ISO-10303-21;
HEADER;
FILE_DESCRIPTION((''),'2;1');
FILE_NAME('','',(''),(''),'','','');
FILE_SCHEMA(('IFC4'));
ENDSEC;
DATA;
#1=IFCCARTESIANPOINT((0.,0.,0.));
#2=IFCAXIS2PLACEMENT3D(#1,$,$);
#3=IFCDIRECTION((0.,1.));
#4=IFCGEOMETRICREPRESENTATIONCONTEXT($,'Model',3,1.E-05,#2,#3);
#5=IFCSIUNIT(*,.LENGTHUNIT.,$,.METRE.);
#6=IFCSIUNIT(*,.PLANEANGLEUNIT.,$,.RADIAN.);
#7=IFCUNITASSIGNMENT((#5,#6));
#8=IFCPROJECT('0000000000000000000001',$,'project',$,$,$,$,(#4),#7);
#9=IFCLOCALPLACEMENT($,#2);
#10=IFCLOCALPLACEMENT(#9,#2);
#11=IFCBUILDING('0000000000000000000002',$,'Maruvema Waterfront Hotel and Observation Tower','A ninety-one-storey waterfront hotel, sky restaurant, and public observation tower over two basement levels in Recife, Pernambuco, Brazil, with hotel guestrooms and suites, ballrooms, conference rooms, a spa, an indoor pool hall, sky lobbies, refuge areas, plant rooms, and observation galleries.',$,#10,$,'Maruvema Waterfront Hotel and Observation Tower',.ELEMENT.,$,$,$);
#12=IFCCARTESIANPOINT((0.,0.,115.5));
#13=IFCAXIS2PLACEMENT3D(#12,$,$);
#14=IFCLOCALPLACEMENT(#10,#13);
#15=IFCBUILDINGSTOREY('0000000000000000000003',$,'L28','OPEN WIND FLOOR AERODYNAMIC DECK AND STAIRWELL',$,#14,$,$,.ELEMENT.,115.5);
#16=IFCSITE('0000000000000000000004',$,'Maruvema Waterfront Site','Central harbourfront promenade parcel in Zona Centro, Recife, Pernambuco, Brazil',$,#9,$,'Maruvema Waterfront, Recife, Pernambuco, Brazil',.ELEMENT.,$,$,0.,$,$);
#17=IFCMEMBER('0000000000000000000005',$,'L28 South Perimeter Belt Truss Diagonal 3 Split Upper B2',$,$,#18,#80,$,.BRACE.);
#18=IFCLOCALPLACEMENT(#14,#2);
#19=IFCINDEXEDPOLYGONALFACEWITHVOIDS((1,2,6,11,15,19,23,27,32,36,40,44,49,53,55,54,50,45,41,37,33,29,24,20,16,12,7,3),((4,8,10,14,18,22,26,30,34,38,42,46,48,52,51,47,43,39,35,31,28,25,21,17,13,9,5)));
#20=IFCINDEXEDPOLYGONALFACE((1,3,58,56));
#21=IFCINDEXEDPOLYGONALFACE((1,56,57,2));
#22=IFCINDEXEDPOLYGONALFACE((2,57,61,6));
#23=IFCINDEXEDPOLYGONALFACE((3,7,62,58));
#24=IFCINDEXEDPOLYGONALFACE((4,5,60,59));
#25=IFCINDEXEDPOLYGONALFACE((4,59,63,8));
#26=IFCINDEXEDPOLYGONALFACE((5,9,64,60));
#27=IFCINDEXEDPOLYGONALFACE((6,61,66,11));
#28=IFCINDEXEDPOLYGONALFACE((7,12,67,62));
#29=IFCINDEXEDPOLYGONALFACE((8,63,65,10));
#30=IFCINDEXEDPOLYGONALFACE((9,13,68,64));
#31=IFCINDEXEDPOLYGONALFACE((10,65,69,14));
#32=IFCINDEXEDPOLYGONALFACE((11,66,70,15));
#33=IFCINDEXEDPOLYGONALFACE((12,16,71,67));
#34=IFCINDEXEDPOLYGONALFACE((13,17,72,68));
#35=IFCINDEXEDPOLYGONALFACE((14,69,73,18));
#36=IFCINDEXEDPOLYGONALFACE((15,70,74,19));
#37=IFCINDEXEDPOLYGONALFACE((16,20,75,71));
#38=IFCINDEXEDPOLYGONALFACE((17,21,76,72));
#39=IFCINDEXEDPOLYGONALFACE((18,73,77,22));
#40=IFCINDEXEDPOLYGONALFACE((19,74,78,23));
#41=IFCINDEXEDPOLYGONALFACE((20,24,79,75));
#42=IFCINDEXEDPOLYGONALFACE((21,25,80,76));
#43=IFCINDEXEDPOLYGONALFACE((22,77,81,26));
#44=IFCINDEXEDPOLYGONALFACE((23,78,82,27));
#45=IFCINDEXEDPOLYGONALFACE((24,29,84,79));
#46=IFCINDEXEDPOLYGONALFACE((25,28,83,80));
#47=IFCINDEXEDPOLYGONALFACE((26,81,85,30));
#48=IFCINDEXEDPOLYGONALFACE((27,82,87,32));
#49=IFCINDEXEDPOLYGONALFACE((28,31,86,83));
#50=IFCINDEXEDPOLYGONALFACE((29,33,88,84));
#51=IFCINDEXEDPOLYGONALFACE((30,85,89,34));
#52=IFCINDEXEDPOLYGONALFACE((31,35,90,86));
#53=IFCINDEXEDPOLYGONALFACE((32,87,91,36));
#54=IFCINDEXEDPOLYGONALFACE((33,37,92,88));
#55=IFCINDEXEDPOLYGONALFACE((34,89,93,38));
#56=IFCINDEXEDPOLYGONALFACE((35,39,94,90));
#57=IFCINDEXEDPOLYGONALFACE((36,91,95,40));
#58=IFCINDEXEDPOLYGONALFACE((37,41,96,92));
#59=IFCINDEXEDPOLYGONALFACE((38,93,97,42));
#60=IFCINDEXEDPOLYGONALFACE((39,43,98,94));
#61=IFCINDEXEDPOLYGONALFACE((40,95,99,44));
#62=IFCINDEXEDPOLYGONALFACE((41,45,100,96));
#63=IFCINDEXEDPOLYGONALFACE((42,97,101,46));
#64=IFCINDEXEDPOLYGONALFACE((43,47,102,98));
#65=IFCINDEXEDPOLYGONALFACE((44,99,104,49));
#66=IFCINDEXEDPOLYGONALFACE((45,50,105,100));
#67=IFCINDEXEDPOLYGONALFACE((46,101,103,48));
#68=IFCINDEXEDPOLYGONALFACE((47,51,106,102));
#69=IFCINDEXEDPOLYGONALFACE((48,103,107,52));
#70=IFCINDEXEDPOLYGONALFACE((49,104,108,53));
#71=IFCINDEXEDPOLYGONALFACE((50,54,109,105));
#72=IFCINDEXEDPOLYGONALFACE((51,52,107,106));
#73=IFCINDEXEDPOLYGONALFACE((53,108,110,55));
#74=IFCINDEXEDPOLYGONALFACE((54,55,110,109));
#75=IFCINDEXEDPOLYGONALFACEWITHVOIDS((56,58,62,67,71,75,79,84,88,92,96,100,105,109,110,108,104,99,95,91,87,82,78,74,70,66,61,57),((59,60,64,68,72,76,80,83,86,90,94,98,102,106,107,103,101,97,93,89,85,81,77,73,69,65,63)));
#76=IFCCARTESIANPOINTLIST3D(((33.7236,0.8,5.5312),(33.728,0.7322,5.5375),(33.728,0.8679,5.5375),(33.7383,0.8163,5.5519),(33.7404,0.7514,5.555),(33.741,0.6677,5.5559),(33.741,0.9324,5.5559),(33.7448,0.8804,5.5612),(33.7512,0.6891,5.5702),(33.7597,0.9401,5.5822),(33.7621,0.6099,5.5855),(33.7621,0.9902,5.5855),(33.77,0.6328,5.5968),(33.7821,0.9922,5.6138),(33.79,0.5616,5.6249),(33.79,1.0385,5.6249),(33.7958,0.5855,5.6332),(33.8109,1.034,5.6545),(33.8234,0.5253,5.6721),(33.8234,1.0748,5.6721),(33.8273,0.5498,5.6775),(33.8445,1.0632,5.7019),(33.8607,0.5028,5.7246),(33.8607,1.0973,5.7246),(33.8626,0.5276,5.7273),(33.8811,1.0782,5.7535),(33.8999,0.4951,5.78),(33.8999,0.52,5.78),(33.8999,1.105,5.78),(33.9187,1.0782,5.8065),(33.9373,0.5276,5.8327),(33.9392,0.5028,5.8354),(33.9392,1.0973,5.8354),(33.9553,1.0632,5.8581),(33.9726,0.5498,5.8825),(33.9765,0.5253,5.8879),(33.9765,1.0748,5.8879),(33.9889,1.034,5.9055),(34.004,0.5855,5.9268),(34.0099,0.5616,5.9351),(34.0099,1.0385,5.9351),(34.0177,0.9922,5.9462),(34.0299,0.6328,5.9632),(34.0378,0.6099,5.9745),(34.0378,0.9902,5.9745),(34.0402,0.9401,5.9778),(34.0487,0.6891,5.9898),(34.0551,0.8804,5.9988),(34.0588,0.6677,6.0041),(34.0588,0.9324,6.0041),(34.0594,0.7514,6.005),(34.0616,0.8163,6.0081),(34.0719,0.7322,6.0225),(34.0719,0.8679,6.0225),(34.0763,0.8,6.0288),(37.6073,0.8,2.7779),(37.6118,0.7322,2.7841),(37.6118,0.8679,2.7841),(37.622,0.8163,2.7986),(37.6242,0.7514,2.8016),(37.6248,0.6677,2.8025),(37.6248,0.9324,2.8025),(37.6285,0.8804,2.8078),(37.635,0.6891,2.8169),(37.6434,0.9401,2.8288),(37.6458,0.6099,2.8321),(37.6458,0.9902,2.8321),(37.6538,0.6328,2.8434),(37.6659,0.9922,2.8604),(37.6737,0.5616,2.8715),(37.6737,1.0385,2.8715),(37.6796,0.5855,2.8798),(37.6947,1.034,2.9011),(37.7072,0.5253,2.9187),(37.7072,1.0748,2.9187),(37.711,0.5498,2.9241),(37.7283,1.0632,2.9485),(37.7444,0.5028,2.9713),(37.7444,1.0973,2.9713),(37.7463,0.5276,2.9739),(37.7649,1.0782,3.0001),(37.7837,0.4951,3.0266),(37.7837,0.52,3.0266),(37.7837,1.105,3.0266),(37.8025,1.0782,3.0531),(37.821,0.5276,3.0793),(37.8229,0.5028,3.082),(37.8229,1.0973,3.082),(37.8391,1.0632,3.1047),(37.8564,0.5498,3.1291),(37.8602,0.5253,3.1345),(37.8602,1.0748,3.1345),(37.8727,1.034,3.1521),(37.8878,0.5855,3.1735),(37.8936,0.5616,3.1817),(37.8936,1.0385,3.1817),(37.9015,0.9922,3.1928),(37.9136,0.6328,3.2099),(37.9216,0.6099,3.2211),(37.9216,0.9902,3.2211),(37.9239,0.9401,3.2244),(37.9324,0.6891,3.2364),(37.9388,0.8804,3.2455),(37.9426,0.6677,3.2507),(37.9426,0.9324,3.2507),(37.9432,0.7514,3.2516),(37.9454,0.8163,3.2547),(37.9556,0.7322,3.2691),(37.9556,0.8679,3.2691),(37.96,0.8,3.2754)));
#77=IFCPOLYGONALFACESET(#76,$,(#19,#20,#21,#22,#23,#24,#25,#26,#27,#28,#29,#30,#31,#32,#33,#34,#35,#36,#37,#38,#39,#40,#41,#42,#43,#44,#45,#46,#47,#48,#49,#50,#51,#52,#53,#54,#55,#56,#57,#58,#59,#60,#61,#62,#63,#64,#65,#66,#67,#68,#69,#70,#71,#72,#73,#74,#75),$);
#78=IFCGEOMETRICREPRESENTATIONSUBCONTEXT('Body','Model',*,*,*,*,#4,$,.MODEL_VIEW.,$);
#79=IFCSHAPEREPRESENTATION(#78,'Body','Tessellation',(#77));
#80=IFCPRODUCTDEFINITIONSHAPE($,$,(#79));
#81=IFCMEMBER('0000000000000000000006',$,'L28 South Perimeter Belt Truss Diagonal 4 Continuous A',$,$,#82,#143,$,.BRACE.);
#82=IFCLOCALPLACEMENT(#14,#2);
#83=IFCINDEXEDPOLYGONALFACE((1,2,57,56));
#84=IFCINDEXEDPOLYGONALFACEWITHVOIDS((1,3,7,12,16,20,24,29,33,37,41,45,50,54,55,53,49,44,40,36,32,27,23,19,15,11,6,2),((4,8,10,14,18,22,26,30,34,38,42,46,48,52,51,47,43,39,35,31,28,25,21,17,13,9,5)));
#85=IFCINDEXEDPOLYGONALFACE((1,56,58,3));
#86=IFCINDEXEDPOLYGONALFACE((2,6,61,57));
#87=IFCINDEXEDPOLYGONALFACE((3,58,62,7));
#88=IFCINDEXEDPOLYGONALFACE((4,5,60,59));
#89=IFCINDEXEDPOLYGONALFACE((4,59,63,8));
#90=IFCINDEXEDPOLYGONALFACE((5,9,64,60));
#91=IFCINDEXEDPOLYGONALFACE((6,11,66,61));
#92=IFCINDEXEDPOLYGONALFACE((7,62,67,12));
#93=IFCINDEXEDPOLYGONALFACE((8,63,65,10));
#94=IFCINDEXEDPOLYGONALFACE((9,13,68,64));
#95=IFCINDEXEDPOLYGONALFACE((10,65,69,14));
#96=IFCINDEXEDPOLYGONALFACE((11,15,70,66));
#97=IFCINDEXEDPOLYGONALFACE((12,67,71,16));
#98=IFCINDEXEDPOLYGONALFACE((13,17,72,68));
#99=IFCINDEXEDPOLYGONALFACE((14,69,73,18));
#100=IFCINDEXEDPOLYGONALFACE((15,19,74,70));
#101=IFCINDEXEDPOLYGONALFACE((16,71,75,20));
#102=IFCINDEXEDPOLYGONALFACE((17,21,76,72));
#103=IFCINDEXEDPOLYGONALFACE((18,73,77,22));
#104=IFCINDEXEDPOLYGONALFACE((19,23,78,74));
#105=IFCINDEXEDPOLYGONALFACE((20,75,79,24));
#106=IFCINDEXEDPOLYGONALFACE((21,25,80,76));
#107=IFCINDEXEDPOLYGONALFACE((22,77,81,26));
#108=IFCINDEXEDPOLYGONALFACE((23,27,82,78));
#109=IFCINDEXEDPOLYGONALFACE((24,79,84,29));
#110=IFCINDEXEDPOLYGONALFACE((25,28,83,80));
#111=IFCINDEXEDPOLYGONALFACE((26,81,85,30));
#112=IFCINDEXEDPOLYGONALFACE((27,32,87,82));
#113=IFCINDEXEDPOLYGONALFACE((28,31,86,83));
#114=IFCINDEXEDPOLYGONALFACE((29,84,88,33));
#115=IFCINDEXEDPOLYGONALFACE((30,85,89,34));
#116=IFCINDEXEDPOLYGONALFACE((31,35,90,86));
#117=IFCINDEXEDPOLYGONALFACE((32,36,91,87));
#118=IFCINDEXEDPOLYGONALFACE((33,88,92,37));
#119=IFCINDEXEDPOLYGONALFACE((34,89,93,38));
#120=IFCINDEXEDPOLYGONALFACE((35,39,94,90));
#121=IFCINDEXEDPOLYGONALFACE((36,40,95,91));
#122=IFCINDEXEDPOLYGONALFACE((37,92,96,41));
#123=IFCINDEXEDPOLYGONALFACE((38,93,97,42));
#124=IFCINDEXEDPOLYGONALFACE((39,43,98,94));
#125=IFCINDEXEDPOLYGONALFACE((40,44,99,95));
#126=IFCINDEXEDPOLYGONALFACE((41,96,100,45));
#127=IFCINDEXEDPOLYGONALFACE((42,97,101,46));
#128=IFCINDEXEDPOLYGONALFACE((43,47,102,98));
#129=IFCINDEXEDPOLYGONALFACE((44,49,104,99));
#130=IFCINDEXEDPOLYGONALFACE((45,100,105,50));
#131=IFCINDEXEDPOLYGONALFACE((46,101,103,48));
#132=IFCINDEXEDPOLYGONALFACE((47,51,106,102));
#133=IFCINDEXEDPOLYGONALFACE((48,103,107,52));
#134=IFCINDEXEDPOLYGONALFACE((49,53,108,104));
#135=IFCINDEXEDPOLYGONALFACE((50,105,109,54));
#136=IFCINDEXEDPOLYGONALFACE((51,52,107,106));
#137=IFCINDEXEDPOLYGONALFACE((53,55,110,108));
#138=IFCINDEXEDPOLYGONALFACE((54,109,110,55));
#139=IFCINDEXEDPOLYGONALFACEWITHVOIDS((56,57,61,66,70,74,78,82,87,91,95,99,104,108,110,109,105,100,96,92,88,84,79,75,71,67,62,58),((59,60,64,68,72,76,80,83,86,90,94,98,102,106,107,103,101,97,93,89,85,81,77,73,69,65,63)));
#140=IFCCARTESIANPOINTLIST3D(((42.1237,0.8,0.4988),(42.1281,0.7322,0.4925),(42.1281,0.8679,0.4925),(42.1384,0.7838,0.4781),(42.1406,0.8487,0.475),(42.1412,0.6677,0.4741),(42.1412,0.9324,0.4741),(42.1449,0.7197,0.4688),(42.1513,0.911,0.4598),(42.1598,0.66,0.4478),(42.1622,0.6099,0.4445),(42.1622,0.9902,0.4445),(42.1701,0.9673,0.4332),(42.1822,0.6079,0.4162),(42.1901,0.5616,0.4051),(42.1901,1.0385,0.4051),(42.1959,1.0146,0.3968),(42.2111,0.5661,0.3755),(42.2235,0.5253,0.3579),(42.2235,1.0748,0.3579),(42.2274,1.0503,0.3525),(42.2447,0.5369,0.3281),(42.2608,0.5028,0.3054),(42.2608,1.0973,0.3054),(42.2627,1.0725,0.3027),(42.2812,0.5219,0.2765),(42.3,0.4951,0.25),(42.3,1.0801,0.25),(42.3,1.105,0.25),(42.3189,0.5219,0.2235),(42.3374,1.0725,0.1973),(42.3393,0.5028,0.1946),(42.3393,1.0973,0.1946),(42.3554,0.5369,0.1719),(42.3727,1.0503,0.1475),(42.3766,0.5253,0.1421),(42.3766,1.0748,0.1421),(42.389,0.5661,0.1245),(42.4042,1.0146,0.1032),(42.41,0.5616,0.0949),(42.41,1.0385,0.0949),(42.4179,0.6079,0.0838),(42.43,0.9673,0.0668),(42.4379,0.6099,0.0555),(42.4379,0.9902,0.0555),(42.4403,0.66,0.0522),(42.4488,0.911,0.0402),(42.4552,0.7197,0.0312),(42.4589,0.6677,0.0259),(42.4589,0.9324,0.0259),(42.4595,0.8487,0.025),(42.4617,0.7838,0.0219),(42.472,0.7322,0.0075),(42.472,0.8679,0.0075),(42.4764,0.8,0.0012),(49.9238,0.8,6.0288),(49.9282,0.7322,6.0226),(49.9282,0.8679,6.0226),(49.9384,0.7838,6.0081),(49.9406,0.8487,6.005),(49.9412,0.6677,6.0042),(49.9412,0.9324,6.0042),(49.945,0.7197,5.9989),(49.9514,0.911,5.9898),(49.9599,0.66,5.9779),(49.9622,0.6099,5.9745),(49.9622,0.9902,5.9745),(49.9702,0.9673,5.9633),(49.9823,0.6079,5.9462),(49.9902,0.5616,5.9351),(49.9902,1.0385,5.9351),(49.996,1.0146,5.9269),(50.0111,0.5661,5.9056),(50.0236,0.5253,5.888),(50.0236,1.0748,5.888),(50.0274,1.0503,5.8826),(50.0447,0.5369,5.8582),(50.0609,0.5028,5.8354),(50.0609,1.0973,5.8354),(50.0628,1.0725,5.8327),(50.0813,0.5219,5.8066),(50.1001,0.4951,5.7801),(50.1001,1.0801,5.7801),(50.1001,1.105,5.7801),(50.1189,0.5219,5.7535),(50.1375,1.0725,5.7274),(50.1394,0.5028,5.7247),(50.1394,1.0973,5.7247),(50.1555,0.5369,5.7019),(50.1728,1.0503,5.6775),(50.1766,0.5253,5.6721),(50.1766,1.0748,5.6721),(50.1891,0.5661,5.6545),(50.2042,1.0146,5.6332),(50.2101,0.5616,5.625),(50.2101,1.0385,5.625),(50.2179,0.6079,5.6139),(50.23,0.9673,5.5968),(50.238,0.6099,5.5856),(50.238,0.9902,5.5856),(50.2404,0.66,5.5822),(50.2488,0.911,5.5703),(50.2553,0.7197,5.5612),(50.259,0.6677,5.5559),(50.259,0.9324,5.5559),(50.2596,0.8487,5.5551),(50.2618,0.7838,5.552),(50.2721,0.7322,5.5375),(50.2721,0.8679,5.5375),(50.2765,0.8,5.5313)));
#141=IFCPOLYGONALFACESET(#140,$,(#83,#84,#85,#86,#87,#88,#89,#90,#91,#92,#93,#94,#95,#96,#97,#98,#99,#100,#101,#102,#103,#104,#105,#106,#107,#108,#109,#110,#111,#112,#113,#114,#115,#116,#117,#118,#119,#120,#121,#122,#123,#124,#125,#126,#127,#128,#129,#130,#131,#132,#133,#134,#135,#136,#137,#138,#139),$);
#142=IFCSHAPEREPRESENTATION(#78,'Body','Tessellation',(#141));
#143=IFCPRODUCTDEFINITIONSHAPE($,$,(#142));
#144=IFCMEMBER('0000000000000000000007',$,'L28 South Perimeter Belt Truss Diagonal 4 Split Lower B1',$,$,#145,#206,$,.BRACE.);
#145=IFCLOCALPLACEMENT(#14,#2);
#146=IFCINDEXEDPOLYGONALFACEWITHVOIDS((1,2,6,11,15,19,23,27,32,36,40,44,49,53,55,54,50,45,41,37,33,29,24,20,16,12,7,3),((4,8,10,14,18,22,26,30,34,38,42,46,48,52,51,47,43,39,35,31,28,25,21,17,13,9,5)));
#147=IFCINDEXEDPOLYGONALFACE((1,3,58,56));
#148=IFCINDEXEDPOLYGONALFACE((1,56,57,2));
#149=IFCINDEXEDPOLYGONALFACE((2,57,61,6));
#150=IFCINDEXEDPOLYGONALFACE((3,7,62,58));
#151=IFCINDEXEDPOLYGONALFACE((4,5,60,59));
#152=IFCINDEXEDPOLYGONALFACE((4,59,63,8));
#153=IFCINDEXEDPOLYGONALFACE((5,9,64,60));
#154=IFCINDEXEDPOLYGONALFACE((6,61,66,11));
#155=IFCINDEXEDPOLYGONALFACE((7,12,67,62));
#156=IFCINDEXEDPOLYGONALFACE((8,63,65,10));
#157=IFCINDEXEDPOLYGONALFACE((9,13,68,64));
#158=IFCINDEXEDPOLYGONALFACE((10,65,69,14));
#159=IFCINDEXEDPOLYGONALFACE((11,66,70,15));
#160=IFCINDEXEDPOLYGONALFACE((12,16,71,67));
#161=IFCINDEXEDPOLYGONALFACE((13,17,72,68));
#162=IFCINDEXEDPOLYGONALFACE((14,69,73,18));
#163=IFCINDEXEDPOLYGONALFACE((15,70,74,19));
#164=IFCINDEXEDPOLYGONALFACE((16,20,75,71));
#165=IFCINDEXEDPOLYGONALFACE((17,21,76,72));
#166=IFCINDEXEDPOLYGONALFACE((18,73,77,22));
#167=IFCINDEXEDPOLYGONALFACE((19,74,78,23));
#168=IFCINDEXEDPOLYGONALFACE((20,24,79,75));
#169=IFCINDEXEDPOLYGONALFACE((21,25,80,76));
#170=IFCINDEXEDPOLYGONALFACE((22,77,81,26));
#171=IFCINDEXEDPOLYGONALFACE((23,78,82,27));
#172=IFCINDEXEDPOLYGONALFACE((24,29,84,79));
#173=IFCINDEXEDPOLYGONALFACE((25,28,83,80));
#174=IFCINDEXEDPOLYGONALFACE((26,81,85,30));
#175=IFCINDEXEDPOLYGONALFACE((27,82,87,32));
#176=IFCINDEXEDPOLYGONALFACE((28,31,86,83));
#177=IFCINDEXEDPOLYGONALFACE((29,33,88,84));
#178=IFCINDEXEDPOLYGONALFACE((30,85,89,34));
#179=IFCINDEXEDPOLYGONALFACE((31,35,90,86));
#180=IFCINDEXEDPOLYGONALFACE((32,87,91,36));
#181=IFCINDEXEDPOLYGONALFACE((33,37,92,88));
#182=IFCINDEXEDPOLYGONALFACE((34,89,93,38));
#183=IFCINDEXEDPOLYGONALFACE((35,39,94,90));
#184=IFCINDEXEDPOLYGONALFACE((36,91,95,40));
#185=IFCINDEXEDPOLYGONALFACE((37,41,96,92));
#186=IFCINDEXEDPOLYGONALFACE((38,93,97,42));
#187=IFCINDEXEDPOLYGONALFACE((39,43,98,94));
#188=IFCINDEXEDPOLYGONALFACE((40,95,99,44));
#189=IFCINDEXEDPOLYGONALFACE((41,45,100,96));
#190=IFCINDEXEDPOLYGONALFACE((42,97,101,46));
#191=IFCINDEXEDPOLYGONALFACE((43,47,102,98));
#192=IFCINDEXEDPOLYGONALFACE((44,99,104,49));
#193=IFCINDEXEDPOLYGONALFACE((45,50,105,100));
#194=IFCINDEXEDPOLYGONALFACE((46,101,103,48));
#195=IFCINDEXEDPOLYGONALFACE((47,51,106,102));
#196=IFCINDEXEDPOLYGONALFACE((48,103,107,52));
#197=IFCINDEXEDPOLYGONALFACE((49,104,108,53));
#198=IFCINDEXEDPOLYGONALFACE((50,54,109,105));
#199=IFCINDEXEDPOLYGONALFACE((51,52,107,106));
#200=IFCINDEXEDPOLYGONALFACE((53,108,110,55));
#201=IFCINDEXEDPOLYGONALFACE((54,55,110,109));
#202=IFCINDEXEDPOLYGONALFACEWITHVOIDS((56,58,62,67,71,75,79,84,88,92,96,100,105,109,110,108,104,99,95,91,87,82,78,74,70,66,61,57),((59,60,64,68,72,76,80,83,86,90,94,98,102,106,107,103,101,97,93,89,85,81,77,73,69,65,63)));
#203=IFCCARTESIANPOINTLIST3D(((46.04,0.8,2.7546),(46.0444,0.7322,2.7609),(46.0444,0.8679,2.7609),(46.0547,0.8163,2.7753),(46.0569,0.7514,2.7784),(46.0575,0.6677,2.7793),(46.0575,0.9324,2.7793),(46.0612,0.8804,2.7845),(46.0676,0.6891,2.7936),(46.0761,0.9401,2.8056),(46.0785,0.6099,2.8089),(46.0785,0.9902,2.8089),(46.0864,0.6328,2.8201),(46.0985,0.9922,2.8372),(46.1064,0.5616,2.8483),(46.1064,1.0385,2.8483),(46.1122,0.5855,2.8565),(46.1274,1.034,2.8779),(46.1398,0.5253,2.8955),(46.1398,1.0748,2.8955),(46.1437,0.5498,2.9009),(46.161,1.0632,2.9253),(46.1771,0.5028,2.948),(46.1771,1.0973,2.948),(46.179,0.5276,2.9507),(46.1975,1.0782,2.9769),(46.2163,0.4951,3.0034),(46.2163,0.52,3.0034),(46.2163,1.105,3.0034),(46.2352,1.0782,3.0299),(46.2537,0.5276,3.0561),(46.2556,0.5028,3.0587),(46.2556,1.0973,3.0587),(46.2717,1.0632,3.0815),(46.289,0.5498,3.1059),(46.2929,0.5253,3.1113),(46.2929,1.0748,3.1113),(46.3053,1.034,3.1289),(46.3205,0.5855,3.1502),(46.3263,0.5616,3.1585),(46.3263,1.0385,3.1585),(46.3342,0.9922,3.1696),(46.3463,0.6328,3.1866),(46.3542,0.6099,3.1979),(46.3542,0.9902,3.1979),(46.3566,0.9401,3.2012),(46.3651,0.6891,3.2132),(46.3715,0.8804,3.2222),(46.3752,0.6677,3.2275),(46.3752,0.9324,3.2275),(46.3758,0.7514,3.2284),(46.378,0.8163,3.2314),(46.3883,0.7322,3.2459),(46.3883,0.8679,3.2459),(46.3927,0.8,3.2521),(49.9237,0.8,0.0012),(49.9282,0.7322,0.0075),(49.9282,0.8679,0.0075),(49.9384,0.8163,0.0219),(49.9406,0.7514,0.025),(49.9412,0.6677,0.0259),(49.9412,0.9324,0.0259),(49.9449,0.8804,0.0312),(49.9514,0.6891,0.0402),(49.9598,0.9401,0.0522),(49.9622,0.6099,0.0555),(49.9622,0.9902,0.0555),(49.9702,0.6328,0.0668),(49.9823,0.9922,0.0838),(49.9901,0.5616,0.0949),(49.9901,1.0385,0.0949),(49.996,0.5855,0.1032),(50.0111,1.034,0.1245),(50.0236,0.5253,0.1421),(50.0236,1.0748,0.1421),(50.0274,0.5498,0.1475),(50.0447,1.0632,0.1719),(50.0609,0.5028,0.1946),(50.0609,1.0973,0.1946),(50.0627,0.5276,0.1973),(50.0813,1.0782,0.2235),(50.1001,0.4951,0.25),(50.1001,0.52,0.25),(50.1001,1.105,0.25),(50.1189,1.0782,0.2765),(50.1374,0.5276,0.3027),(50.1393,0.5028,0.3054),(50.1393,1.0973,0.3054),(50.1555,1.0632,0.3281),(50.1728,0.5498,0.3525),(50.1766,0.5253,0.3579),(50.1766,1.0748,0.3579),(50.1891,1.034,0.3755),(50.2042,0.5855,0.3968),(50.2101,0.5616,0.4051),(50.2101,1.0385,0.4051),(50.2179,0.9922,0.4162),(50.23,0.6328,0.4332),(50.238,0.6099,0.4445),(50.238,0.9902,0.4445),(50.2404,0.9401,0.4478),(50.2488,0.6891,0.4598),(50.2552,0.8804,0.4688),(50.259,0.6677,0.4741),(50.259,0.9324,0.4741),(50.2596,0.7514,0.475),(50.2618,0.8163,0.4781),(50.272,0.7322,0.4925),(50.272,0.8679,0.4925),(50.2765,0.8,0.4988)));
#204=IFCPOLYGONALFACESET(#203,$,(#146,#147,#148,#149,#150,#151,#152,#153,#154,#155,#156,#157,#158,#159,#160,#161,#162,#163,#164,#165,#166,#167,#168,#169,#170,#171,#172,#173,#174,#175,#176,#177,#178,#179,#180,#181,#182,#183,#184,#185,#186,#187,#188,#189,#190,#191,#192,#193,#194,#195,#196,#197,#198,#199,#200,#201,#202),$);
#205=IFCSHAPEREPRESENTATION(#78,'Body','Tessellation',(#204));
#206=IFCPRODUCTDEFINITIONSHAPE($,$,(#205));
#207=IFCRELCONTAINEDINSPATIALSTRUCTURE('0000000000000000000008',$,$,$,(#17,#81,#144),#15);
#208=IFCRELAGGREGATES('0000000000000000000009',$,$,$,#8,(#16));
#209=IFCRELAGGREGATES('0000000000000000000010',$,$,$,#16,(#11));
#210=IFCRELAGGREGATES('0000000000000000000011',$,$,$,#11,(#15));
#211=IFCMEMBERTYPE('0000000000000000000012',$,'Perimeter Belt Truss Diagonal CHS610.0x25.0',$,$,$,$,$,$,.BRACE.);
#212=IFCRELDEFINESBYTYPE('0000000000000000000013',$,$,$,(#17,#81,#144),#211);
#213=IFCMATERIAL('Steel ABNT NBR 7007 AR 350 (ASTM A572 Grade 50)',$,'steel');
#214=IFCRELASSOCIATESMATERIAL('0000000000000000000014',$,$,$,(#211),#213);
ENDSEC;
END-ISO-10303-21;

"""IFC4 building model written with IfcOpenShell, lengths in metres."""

from ifc_helpers import new_model, si_unit, direction, frame, origin, origin_2d, place, context, subcontext, project, spatial, hollow_circle, extrude, material, material_profile, profile_set, type_object, element, save


model = new_model("IFC4")

# Units and contexts
model_context = context("Model", 3, precision=1e-05, world=origin(), true_north=direction((0.0, 1.0)))
body_context = subcontext(model_context, "Body", "Model", "MODEL_VIEW")
ifc_project = project(units=[si_unit("LENGTHUNIT", "METRE"), si_unit("PLANEANGLEUNIT", "RADIAN")], contexts=[model_context])

# Site, building, storey
site_placement = place(None, origin())
site = spatial("IfcSite", under=ifc_project, at=site_placement, Name="Maruvema Waterfront Site", Description="Central harbourfront promenade parcel in Zona Centro, Recife, Pernambuco, Brazil", LongName="Maruvema Waterfront, Recife, Pernambuco, Brazil", CompositionType="ELEMENT", RefElevation=0.0)
building_placement = place(site_placement, origin())
building = spatial("IfcBuilding", under=site, at=building_placement, Name="Maruvema Waterfront Hotel and Observation Tower", Description="A ninety-one-storey waterfront hotel, sky restaurant, and public observation tower over two basement levels in Recife, Pernambuco, Brazil, with hotel guestrooms and suites, ballrooms, conference rooms, a spa, an indoor pool hall, sky lobbies, refuge areas, plant rooms, and observation galleries.", LongName="Maruvema Waterfront Hotel and Observation Tower", CompositionType="ELEMENT")
storey_placement = place(building_placement, frame((0.0, 0.0, 115.5)))
storey = spatial("IfcBuildingStorey", under=building, at=storey_placement, Name="L28", Description="OPEN WIND FLOOR AERODYNAMIC DECK AND STAIRWELL", CompositionType="ELEMENT", Elevation=115.5)

# Members
ifc_material_1 = material(Name="Steel ABNT NBR 7007 AR 350 (ASTM A572 Grade 50)", Category="steel")
ifc_material_profile_1 = material_profile(ifc_material_1, hollow_circle(Radius=0.3049, WallThickness=0.0249, at=origin_2d()), Name="CHS610.0x25.0")
ifc_profile_set_1 = profile_set([ifc_material_profile_1], Name="Steel ABNT NBR 7007 AR 350 (ASTM A572 Grade 50)")
member_type_1 = type_object("IfcMemberType", Name="Perimeter Belt Truss Diagonal CHS610.0x25.0", PredefinedType="BRACE", material=ifc_profile_set_1)
member_1_placement = place(storey_placement, frame((37.7837, 0.8, 3.0266), z_axis=(-0.815787, 0.0, 0.578353), x_axis=(0.0, -1.0, 0.0)))
element("IfcMember", 1, at=member_1_placement, inside=storey, type_object=member_type_1, Name="L28 South Perimeter Belt Truss Diagonal 3 Split Upper B2", PredefinedType="BRACE", context=body_context, shape_type="SweptSolid", body=[
    extrude(hollow_circle(Radius=0.3049, WallThickness=0.0249, at=origin_2d()), origin(), (0.0, 0.0, 1.0), 4.7607),
])
member_2_placement = place(storey_placement, frame((42.3, 0.8, 0.25), z_axis=(0.815778, 0.0, 0.578365), x_axis=(0.0, 1.0, 0.0)))
element("IfcMember", 2, at=member_2_placement, inside=storey, type_object=member_type_1, Name="L28 South Perimeter Belt Truss Diagonal 4 Continuous A", PredefinedType="BRACE", context=body_context, shape_type="SweptSolid", body=[
    extrude(hollow_circle(Radius=0.3049, WallThickness=0.0249, at=origin_2d()), origin(), (0.0, 0.0, 1.0), 9.5615),
])
member_3_placement = place(storey_placement, frame((50.1001, 0.8, 0.25), z_axis=(-0.815787, 0.0, 0.578353), x_axis=(0.0, -1.0, 0.0)))
element("IfcMember", 3, at=member_3_placement, inside=storey, type_object=member_type_1, Name="L28 South Perimeter Belt Truss Diagonal 4 Split Lower B1", PredefinedType="BRACE", context=body_context, shape_type="SweptSolid", body=[
    extrude(hollow_circle(Radius=0.3049, WallThickness=0.0249, at=origin_2d()), origin(), (0.0, 0.0, 1.0), 4.7607),
])

save(model, "model.ifc")
